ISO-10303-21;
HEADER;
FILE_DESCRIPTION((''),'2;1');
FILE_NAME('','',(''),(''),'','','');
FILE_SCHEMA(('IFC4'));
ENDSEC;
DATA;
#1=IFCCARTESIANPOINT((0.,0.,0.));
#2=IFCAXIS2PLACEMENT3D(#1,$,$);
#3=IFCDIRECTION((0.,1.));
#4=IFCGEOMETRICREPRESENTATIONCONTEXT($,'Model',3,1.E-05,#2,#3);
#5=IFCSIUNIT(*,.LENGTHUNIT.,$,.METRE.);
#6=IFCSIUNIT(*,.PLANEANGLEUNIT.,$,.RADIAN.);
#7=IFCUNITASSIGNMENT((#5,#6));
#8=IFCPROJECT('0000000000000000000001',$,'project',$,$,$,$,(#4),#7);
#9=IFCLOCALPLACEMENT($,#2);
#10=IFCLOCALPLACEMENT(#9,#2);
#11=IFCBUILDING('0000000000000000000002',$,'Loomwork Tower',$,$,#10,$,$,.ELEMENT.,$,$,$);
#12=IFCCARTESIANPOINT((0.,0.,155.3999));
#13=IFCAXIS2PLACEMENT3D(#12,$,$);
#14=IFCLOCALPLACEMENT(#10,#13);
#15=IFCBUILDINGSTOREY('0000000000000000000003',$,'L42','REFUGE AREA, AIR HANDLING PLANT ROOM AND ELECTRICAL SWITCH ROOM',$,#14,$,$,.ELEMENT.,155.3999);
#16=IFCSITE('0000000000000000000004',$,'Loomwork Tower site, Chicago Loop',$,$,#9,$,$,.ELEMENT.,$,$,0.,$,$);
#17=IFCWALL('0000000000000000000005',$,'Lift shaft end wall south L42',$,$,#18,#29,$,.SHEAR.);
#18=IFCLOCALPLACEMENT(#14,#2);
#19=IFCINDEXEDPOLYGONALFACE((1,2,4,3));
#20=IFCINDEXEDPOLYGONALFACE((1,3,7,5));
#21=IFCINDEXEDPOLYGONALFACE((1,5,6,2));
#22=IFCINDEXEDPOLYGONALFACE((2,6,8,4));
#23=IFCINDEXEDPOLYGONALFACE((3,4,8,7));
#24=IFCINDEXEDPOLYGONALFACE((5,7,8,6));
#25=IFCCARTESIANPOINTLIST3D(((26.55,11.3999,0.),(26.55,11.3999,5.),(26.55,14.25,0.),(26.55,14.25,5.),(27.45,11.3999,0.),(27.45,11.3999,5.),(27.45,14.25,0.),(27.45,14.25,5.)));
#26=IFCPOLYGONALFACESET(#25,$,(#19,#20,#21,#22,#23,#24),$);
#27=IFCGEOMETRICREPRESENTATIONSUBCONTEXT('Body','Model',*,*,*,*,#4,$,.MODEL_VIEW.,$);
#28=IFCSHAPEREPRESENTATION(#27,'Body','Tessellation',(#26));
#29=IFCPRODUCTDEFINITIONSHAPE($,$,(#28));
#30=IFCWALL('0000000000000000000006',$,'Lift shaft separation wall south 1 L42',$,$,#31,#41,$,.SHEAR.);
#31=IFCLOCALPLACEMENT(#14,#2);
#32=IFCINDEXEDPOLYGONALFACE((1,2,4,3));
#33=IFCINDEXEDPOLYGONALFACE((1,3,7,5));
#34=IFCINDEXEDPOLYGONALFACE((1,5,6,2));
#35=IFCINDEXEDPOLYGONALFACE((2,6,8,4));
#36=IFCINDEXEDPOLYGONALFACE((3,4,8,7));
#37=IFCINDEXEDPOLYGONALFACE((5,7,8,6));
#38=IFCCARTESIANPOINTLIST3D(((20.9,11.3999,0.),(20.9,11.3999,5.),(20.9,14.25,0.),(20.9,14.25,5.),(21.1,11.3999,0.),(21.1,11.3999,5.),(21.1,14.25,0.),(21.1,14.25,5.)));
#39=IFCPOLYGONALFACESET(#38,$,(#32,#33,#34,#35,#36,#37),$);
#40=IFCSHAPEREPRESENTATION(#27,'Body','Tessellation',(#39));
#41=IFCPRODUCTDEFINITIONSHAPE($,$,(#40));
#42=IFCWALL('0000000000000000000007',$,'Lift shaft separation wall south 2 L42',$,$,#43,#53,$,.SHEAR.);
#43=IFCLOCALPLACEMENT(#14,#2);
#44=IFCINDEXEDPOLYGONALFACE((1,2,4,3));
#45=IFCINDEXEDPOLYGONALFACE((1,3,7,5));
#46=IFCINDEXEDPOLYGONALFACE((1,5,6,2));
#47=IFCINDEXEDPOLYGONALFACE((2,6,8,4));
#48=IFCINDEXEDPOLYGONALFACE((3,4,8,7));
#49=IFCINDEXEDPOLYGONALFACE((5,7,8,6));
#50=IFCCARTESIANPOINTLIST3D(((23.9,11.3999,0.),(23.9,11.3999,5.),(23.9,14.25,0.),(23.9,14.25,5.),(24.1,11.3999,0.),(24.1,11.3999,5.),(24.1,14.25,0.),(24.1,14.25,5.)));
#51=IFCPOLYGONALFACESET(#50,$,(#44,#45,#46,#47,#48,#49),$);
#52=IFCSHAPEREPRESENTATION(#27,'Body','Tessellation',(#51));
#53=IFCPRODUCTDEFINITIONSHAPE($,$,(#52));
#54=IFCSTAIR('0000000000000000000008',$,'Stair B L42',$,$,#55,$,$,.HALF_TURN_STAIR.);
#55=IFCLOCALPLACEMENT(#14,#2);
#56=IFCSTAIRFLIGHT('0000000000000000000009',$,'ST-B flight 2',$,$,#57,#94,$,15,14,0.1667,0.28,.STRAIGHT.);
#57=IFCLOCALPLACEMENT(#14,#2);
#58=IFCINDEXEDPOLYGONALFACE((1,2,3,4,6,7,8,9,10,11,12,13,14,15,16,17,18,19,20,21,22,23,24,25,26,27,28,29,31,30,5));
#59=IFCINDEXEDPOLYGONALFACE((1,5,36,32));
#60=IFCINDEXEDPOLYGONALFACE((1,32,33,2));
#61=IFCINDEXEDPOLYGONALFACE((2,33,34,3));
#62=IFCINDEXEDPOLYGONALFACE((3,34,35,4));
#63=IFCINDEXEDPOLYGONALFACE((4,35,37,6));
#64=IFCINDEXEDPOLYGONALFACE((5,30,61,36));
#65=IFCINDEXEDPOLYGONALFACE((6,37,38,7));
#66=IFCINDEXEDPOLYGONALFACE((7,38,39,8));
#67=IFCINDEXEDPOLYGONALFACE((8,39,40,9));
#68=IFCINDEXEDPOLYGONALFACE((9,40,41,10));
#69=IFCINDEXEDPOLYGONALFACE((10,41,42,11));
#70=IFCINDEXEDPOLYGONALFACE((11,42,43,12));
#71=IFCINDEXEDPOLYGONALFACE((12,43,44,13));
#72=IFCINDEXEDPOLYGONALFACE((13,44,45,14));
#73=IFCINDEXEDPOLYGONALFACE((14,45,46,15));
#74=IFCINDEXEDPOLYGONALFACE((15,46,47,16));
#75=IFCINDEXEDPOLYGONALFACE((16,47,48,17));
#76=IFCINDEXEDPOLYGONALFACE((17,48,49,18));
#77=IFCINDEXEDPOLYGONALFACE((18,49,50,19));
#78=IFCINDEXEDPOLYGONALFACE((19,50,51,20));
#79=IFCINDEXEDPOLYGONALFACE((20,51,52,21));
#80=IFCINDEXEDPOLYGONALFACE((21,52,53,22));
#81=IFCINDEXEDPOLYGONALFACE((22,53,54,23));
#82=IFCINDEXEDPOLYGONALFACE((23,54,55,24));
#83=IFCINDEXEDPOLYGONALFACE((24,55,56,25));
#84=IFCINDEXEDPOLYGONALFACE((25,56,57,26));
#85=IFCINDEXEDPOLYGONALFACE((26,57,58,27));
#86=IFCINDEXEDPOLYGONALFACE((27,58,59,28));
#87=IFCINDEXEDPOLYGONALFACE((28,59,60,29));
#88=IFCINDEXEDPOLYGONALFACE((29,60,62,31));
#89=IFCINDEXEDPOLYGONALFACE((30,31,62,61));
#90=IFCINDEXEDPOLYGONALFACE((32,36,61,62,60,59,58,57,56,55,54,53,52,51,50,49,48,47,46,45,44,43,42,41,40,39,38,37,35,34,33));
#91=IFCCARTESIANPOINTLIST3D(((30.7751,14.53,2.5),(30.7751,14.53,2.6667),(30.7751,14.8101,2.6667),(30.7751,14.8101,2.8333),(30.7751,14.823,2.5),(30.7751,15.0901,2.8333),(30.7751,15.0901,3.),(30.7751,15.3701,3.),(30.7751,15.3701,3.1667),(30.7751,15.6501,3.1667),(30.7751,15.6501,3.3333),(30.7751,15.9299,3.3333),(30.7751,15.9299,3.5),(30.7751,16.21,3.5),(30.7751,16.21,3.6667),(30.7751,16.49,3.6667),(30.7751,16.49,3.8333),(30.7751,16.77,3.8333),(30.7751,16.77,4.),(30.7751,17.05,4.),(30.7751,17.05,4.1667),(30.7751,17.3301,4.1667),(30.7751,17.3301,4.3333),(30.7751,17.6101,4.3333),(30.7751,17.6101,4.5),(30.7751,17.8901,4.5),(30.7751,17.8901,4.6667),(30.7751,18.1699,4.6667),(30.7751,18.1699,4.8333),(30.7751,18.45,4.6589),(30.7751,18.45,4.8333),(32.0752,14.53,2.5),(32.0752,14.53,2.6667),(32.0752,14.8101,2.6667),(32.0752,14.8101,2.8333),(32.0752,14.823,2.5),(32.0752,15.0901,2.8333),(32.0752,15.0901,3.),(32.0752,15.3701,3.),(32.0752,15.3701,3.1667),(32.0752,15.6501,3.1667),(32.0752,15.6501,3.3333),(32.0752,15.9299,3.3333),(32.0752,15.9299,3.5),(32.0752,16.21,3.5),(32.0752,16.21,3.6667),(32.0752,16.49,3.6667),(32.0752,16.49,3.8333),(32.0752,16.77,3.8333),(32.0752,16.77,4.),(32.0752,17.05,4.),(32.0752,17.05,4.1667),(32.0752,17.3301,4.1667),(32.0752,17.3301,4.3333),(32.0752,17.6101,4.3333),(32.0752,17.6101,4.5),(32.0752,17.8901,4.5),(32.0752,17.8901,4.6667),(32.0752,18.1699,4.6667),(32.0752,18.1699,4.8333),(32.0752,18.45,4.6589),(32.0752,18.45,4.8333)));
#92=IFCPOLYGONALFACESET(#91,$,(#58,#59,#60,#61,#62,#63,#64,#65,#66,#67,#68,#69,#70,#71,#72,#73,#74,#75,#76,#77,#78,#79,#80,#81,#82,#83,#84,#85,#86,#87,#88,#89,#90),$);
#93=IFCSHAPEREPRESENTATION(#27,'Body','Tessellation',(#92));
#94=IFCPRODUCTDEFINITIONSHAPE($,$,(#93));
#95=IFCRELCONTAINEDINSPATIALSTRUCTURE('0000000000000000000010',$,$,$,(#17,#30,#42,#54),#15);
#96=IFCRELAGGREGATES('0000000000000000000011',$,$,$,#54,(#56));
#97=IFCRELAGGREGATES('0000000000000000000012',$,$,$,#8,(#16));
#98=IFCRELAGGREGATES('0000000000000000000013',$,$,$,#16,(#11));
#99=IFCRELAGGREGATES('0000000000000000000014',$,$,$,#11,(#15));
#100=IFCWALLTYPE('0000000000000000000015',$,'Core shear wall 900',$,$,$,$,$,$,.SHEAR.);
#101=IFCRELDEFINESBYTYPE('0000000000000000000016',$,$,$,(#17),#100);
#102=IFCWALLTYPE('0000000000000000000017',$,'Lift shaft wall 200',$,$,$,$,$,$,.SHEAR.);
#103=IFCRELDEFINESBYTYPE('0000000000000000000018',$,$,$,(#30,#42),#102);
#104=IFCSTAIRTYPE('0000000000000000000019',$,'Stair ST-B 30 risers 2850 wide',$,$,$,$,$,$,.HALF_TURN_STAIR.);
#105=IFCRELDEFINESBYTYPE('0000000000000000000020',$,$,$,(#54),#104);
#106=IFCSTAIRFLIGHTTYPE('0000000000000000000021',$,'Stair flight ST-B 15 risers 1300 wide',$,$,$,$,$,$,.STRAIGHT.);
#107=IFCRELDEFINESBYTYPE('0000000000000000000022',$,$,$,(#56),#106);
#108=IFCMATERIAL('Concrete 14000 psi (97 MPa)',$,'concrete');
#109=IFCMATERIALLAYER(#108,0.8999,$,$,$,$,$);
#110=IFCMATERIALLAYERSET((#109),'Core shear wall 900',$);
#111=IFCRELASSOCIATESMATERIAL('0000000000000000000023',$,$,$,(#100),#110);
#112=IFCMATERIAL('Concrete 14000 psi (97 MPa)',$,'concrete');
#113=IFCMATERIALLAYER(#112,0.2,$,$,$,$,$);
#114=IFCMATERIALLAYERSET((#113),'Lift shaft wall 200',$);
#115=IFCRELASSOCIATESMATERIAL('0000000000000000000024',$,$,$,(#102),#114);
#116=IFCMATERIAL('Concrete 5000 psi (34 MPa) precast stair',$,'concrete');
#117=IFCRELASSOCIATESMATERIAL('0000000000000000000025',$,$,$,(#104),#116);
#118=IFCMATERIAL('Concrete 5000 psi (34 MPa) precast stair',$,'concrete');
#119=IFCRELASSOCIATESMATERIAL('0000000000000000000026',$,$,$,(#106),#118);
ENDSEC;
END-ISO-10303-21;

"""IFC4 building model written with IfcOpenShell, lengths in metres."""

from ifc_helpers import new_model, si_unit, direction, frame, frame_2d, origin, place, context, subcontext, project, spatial, polyline, rectangle, outline, extrude, material, layer, layer_set, type_object, element, aggregate, save


model = new_model("IFC4")

# Units and contexts
model_context = context("Model", 3, precision=1e-05, world=origin(), true_north=direction((0.0, 1.0)))
body_context = subcontext(model_context, "Body", "Model", "MODEL_VIEW")
ifc_project = project(units=[si_unit("LENGTHUNIT", "METRE"), si_unit("PLANEANGLEUNIT", "RADIAN")], contexts=[model_context])

# Site, building, storey
site_placement = place(None, origin())
site = spatial("IfcSite", under=ifc_project, at=site_placement, Name="Loomwork Tower site, Chicago Loop", CompositionType="ELEMENT", RefElevation=0.0)
building_placement = place(site_placement, origin())
building = spatial("IfcBuilding", under=site, at=building_placement, Name="Loomwork Tower", CompositionType="ELEMENT")
storey_placement = place(building_placement, frame((0.0, 0.0, 155.3999)))
storey = spatial("IfcBuildingStorey", under=building, at=storey_placement, Name="L42", Description="REFUGE AREA, AIR HANDLING PLANT ROOM AND ELECTRICAL SWITCH ROOM", CompositionType="ELEMENT", Elevation=155.3999)

# Walls
ifc_material_1 = material(Name="Concrete 14000 psi (97 MPa)", Category="concrete")
ifc_layer_1 = layer(ifc_material_1, 0.8999)
ifc_layer_set_1 = layer_set([ifc_layer_1], Name="Core shear wall 900")
wall_type_1 = type_object("IfcWallType", Name="Core shear wall 900", PredefinedType="SHEAR", material=ifc_layer_set_1)
wall_1_placement = place(storey_placement, frame((27.0, 11.3999, 0.0), z_axis=(0.0, 0.0, 1.0), x_axis=(0.0, 1.0, 0.0)))
element("IfcWall", 1, at=wall_1_placement, inside=storey, type_object=wall_type_1, Name="Lift shaft end wall south L42", PredefinedType="SHEAR", context=body_context, shape_type="SweptSolid", body=[
    extrude(rectangle(XDim=2.8501, YDim=0.8999, at=frame_2d((1.425, 0.0))), origin(), (0.0, 0.0, 1.0), 5.0),
])
ifc_material_2 = material(Name="Concrete 14000 psi (97 MPa)", Category="concrete")
ifc_layer_2 = layer(ifc_material_2, 0.2)
ifc_layer_set_2 = layer_set([ifc_layer_2], Name="Lift shaft wall 200")
wall_type_2 = type_object("IfcWallType", Name="Lift shaft wall 200", PredefinedType="SHEAR", material=ifc_layer_set_2)
for number, where, z_axis, x_axis, name in (
    (2, (21.0, 11.3999, 0.0), (0.0, 0.0, 1.0), (0.0, 1.0, 0.0), "Lift shaft separation wall south 1 L42"),
    (3, (24.0, 11.3999, 0.0), (0.0, 0.0, 1.0), (0.0, 1.0, 0.0), "Lift shaft separation wall south 2 L42"),
):
    element("IfcWall", number, at=place(storey_placement, frame(where, z_axis=z_axis, x_axis=x_axis)), inside=storey, type_object=wall_type_2, Name=name, PredefinedType="SHEAR", context=body_context, shape_type="SweptSolid", body=[
        extrude(rectangle(XDim=2.8501, YDim=0.2, at=frame_2d((1.425, 0.0))), origin(), (0.0, 0.0, 1.0), 5.0),
    ])

# Stair, stair flight
ifc_material_3 = material(Name="Concrete 5000 psi (34 MPa) precast stair", Category="concrete")
stair_type = type_object("IfcStairType", Name="Stair ST-B 30 risers 2850 wide", PredefinedType="HALF_TURN_STAIR", material=ifc_material_3)
stair_placement = place(storey_placement, origin())
stair = element("IfcStair", 4, at=stair_placement, inside=storey, type_object=stair_type, Name="Stair B L42", PredefinedType="HALF_TURN_STAIR")
ifc_material_4 = material(Name="Concrete 5000 psi (34 MPa) precast stair", Category="concrete")
stair_flight_type = type_object("IfcStairFlightType", Name="Stair flight ST-B 15 risers 1300 wide", PredefinedType="STRAIGHT", material=ifc_material_4)
stair_flight_placement = place(storey_placement, frame((31.425, 14.53, 2.5), z_axis=(0.0, 0.0, 1.0), x_axis=(0.0, 1.0, 0.0)))
stair_flight = element("IfcStairFlight", 5, at=stair_flight_placement, type_object=stair_flight_type, Name="ST-B flight 2", NumberOfRisers=15, NumberOfTreads=14, PredefinedType="STRAIGHT", RiserHeight=0.1667, TreadLength=0.28, context=body_context, shape_type="SweptSolid", body=[
    extrude(outline(polyline([(0.0, 0.0), (0.0, 0.1667), (0.28, 0.1667), (0.28, 0.3333), (0.5601, 0.3333), (0.5601, 0.5), (0.8401, 0.5), (0.8401, 0.6667), (1.1201, 0.6667), (1.1201, 0.8333), (1.3999, 0.8333), (1.3999, 1.0), (1.6799, 1.0), (1.6799, 1.1667), (1.96, 1.1667), (1.96, 1.3333), (2.24, 1.3333), (2.24, 1.5), (2.52, 1.5), (2.52, 1.6667), (2.8, 1.6667), (2.8, 1.8333), (3.0801, 1.8333), (3.0801, 2.0), (3.3601, 2.0), (3.3601, 2.1667), (3.6399, 2.1667), (3.6399, 2.3333), (3.9199, 2.3333), (3.9199, 2.5), (3.9199, 2.1589), (0.293, 0.0), (0.0, 0.0)])), frame((0.0, 0.6499, 0.0), z_axis=(0.0, -1.0, 0.0), x_axis=(1.0, 0.0, 0.0)), (0.0, 0.0, 1.0), 1.3),
])
aggregate(stair, [stair_flight])

save(model, "model.ifc")
